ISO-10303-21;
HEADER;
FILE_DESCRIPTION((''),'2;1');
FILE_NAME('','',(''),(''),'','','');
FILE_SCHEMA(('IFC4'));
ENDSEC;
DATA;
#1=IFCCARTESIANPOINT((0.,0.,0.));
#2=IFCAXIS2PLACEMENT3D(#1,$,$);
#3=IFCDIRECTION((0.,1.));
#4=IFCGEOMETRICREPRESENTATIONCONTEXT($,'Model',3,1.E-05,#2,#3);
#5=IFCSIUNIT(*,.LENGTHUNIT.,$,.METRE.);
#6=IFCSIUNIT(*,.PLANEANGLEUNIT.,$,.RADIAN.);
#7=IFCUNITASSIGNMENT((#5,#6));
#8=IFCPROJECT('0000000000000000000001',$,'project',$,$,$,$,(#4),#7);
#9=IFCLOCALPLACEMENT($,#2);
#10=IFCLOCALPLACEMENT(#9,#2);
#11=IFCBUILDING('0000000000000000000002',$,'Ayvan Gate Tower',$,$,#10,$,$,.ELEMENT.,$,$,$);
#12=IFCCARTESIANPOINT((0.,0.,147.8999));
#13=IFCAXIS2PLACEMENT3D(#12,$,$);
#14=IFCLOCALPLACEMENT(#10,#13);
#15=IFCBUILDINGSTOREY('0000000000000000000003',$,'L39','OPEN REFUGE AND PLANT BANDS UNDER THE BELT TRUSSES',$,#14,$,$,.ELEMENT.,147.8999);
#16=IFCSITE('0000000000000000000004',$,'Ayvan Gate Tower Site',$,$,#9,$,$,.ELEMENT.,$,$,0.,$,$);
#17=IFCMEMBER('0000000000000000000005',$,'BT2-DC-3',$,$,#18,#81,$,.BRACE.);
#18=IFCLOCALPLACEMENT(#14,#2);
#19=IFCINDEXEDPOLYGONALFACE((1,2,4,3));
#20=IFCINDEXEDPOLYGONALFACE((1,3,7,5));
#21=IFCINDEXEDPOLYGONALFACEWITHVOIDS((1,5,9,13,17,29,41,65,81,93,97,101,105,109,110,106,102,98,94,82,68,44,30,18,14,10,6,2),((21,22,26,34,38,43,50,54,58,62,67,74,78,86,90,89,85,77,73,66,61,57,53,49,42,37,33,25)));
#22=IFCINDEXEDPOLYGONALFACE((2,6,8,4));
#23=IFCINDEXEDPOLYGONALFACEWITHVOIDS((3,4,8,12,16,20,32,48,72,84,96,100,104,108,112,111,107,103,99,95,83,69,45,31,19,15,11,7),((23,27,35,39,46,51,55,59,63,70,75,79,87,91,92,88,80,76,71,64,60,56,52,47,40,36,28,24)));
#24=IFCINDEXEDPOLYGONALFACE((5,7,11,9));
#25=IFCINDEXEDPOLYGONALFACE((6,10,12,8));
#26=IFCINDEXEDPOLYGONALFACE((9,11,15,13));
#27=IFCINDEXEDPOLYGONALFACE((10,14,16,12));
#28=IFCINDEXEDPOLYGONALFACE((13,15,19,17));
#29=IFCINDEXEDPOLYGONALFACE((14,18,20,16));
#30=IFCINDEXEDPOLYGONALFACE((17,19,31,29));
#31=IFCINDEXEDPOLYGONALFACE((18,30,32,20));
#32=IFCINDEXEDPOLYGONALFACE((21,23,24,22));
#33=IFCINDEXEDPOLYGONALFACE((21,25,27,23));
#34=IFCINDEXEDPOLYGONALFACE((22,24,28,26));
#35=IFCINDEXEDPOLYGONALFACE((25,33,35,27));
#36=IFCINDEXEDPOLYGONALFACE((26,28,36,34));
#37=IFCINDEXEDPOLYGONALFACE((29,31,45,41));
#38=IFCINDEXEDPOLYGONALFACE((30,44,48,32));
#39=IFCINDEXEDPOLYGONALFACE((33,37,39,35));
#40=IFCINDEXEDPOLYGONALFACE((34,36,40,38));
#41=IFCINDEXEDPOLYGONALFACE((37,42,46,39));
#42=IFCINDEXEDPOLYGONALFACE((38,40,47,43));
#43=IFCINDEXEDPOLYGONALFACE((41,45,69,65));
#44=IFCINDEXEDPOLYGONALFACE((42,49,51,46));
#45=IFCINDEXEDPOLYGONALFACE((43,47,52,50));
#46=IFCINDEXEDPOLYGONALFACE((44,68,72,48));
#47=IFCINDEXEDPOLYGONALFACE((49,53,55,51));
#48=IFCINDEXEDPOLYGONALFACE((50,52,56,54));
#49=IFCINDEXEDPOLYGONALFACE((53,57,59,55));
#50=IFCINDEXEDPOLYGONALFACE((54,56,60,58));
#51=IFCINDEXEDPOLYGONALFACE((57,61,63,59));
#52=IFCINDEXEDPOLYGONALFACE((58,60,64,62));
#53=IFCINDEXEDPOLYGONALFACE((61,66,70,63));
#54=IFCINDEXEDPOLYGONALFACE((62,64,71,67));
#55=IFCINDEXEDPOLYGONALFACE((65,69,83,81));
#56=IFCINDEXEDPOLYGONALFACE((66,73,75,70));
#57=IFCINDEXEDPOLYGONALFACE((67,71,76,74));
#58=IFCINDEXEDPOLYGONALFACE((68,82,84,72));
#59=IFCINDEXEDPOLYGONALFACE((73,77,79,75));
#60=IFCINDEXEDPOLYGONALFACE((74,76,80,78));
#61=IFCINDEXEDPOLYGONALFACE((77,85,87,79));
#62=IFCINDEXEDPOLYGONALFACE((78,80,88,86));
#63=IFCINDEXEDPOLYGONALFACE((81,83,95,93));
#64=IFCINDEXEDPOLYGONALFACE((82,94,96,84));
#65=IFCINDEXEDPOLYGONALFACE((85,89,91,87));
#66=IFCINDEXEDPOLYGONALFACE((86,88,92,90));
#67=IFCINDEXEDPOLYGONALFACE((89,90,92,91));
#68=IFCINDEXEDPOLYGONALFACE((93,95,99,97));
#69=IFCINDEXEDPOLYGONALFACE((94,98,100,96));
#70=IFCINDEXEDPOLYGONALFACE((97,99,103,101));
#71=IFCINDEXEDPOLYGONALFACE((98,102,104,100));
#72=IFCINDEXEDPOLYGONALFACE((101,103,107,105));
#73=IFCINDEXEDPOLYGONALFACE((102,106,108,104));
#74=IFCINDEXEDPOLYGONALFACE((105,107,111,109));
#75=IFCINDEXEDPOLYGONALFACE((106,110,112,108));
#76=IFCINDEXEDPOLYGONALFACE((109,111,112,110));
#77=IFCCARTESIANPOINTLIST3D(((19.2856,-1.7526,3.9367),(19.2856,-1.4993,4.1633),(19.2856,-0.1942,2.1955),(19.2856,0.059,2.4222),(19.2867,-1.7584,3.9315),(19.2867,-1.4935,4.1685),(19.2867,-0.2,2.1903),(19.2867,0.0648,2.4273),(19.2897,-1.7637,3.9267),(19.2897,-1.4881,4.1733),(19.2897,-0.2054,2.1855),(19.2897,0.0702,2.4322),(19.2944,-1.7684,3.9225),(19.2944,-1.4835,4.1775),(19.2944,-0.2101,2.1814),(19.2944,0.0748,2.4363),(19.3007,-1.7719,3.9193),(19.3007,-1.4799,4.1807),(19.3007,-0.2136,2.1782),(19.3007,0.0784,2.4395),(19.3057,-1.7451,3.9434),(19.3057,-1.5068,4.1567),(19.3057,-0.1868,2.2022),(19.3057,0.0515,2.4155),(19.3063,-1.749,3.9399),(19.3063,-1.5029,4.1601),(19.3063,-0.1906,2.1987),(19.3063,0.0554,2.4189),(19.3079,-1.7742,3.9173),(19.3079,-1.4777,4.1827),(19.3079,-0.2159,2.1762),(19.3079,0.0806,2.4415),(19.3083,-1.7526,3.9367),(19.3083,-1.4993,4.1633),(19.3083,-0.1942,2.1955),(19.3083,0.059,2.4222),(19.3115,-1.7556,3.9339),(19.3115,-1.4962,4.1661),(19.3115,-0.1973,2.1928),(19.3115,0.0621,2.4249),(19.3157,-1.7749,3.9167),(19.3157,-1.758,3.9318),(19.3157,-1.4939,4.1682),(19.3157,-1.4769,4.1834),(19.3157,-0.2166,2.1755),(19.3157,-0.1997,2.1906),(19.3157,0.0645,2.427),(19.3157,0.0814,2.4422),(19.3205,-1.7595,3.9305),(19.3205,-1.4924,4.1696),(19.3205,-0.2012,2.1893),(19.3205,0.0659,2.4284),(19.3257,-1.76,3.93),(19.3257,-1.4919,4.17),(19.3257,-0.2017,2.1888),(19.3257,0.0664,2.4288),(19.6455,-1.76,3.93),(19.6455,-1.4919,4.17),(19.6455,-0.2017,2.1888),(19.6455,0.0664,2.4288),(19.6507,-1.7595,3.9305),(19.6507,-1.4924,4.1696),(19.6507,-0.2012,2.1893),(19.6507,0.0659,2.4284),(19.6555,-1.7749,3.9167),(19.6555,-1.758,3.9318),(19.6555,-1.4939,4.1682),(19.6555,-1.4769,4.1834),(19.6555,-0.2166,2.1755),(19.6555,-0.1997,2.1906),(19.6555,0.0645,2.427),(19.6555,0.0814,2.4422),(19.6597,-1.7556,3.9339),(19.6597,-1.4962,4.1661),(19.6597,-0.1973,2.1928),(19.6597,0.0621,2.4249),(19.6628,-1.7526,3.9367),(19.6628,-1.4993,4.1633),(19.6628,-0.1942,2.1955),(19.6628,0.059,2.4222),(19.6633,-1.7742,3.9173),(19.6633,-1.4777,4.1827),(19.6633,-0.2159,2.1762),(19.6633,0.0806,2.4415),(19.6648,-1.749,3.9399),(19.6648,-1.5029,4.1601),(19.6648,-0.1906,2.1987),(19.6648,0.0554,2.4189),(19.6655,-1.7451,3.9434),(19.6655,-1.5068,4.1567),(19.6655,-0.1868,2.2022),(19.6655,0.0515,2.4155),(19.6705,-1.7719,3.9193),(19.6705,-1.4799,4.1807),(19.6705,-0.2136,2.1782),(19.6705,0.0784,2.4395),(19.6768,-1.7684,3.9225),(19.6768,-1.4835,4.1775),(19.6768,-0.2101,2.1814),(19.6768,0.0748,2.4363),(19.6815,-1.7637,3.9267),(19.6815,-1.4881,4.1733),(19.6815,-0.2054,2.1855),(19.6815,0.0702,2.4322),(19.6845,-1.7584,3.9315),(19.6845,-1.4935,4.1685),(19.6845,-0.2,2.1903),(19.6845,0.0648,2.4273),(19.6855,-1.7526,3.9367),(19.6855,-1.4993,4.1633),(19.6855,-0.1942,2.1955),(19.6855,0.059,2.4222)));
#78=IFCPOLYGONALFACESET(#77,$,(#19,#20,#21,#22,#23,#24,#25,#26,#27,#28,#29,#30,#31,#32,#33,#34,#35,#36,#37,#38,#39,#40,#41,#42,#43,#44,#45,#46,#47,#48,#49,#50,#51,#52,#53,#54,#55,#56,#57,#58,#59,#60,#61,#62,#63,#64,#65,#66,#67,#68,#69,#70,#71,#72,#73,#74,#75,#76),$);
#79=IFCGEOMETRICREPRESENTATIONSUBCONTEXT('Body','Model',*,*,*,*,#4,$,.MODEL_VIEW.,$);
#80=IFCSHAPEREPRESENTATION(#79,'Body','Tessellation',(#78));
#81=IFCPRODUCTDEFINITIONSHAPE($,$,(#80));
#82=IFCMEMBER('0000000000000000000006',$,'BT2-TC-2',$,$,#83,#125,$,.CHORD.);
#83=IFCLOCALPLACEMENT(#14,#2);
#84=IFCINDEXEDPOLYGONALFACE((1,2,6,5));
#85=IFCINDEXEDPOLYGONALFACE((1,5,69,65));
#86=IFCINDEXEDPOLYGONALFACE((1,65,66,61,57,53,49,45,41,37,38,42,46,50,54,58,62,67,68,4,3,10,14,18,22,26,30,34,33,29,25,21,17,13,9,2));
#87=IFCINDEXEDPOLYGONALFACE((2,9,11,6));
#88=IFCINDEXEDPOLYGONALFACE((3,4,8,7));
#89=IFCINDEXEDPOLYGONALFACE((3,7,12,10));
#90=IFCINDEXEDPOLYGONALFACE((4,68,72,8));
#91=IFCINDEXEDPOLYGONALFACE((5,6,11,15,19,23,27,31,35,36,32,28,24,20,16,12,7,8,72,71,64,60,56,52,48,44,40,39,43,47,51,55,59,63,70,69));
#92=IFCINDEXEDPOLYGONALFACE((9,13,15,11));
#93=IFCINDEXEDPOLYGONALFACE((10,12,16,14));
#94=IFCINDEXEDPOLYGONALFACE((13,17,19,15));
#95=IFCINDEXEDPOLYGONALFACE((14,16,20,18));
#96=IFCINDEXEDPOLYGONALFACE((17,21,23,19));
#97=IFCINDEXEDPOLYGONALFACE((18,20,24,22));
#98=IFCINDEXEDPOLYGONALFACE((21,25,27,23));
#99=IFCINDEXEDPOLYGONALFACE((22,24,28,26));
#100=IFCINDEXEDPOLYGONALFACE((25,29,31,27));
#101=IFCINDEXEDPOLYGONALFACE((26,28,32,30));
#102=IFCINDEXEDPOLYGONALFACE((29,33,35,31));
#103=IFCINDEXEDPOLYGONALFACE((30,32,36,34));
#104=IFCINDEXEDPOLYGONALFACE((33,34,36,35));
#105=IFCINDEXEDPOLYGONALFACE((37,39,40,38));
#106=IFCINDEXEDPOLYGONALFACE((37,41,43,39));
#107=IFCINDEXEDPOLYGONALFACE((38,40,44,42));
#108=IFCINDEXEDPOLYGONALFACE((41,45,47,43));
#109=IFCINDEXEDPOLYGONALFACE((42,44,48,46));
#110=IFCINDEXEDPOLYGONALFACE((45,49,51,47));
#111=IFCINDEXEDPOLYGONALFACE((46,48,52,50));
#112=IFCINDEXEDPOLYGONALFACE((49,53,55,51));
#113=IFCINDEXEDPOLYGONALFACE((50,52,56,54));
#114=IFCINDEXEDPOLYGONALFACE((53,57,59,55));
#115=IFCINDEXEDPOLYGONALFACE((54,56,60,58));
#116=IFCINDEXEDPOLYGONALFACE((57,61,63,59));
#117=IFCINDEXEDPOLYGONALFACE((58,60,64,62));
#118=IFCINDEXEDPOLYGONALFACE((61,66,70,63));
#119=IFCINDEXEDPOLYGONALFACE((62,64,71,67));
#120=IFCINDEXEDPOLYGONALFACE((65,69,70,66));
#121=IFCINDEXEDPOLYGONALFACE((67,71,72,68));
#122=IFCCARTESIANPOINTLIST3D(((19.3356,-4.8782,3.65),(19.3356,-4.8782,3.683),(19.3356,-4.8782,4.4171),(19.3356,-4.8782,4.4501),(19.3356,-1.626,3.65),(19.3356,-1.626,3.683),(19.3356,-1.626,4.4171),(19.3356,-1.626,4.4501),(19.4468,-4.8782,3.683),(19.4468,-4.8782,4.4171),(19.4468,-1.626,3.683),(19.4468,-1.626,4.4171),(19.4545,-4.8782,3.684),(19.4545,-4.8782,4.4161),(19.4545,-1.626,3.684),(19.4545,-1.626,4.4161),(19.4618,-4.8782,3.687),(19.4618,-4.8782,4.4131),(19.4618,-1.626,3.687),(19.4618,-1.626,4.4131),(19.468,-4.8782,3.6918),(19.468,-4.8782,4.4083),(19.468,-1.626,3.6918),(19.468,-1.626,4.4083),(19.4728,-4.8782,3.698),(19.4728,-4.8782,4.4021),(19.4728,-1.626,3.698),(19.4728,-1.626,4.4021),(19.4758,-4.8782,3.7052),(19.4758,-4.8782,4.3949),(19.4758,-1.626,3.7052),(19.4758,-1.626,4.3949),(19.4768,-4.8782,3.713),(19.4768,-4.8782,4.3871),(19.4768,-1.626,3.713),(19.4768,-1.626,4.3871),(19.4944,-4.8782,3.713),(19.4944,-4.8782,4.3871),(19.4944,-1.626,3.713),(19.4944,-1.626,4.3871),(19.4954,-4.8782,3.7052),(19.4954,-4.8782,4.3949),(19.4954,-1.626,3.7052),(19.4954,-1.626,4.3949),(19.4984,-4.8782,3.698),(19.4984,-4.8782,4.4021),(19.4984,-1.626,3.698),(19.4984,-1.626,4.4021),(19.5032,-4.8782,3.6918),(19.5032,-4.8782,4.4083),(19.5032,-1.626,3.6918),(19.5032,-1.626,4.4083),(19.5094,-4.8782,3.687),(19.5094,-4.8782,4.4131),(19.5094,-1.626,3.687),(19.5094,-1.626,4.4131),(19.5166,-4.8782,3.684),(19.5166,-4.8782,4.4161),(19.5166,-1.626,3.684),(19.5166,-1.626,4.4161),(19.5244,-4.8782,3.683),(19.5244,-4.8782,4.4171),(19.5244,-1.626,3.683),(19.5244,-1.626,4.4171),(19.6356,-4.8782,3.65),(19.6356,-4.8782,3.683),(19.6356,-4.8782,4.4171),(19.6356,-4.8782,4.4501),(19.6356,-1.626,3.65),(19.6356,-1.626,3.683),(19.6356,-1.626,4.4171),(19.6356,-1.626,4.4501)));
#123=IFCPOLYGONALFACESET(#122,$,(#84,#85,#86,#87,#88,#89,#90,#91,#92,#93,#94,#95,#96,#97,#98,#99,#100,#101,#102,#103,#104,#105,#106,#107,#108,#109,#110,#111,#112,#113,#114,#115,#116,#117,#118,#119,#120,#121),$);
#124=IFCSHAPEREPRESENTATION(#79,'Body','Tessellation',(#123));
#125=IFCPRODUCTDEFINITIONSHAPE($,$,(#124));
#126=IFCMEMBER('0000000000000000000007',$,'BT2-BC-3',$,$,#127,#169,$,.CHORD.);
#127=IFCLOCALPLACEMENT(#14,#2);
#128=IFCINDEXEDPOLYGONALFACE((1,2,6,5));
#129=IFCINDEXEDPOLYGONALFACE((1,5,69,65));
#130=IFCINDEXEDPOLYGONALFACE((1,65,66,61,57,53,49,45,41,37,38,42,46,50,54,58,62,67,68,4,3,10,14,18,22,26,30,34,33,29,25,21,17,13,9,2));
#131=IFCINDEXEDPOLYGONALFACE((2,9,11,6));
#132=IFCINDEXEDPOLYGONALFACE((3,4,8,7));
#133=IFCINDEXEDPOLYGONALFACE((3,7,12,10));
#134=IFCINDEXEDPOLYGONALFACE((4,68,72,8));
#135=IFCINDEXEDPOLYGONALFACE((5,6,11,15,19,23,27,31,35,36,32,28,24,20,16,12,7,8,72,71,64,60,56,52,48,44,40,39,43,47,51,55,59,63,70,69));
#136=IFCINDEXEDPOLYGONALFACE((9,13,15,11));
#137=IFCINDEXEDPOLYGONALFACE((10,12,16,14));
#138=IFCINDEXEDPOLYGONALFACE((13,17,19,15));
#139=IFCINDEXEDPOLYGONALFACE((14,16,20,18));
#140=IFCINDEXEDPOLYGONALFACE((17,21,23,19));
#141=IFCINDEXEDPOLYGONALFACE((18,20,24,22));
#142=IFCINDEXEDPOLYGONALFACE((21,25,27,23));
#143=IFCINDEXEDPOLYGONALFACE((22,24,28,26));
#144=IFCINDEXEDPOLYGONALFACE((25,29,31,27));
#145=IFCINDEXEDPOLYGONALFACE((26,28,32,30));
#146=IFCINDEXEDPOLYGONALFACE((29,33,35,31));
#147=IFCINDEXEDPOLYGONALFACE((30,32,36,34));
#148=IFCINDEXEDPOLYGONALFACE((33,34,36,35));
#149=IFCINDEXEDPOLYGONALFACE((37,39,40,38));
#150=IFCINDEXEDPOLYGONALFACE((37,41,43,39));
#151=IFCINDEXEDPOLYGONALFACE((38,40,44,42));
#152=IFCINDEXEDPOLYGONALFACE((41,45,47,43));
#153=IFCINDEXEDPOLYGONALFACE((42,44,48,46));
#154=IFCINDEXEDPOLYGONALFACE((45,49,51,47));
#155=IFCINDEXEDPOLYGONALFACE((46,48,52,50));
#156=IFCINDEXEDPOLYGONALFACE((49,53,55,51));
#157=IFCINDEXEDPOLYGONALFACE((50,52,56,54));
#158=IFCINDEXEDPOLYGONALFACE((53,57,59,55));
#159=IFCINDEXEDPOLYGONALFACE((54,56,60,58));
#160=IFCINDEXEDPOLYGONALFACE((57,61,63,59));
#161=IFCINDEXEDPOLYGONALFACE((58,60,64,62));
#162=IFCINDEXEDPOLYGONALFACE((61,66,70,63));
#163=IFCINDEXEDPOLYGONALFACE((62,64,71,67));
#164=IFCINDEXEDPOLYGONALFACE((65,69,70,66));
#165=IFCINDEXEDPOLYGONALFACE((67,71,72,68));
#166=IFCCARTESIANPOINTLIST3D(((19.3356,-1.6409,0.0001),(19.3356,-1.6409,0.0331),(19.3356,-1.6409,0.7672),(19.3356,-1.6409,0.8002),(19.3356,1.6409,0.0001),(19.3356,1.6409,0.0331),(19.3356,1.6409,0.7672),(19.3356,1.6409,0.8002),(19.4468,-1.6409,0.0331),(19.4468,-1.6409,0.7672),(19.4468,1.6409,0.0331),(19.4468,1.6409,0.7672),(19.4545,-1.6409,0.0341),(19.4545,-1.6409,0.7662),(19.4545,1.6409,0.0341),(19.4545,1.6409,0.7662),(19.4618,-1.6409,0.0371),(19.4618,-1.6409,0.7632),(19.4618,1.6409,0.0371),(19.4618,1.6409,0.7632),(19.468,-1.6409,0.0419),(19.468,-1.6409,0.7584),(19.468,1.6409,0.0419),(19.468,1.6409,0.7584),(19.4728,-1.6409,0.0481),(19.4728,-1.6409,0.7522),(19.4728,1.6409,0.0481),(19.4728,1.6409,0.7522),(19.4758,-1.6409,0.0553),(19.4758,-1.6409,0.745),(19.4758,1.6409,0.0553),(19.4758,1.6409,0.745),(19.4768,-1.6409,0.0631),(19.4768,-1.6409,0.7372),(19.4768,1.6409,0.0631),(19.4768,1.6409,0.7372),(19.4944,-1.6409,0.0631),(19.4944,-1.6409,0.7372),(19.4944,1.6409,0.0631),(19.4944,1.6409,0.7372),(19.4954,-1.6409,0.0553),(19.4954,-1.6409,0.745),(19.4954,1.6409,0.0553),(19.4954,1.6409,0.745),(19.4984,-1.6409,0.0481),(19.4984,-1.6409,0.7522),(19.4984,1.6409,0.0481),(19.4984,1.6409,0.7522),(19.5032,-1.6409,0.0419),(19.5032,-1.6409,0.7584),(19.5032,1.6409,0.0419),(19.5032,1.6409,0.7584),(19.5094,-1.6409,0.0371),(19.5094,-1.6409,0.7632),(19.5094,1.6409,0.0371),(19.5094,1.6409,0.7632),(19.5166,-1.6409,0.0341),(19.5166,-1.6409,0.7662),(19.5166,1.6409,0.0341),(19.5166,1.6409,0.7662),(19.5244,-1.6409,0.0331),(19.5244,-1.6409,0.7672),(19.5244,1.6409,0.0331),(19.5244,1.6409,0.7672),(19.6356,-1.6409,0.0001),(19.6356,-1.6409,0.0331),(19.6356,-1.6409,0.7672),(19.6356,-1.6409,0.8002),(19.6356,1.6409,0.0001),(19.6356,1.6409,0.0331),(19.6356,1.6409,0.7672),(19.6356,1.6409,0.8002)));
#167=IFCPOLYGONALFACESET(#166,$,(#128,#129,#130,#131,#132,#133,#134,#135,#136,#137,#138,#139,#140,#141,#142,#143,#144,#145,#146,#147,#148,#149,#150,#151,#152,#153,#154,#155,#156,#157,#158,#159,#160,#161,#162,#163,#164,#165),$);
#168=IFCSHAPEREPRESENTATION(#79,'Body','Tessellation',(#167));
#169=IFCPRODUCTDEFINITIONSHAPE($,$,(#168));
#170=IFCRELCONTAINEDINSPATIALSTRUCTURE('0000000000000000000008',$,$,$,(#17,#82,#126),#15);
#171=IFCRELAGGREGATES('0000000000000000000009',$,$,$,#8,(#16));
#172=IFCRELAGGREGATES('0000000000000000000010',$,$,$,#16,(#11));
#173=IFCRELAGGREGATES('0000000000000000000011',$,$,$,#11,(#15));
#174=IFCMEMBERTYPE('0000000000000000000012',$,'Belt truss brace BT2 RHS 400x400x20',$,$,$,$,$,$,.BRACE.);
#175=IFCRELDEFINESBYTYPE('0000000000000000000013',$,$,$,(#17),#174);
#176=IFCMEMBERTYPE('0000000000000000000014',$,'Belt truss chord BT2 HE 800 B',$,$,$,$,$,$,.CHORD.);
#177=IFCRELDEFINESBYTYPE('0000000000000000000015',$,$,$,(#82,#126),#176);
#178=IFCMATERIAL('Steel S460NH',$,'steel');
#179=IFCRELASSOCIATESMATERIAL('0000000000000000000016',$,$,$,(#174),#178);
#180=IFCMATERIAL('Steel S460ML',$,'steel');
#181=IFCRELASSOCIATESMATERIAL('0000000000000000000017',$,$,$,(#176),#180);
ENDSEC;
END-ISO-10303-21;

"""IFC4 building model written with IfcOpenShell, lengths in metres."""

from ifc_helpers import new_model, si_unit, direction, frame, origin, origin_2d, place, context, subcontext, project, spatial, hollow_rectangle, i_section, extrude, material, material_profile, profile_set, type_object, element, save


model = new_model("IFC4")

# Units and contexts
model_context = context("Model", 3, precision=1e-05, world=origin(), true_north=direction((0.0, 1.0)))
body_context = subcontext(model_context, "Body", "Model", "MODEL_VIEW")
ifc_project = project(units=[si_unit("LENGTHUNIT", "METRE"), si_unit("PLANEANGLEUNIT", "RADIAN")], contexts=[model_context])

# Site, building, storey
site_placement = place(None, origin())
site = spatial("IfcSite", under=ifc_project, at=site_placement, Name="Ayvan Gate Tower Site", CompositionType="ELEMENT", RefElevation=0.0)
building_placement = place(site_placement, origin())
building = spatial("IfcBuilding", under=site, at=building_placement, Name="Ayvan Gate Tower", CompositionType="ELEMENT")
storey_placement = place(building_placement, frame((0.0, 0.0, 147.8999)))
storey = spatial("IfcBuildingStorey", under=building, at=storey_placement, Name="L39", Description="OPEN REFUGE AND PLANT BANDS UNDER THE BELT TRUSSES", CompositionType="ELEMENT", Elevation=147.8999)

# Members
ifc_material_1 = material(Name="Steel S460NH", Category="steel")
ifc_material_profile_1 = material_profile(ifc_material_1, hollow_rectangle(XDim=0.3999, YDim=0.3999, WallThickness=0.02, InnerFilletRadius=0.02, OuterFilletRadius=0.03, at=origin_2d()), Name="RHS 400x400x20")
ifc_profile_set_1 = profile_set([ifc_material_profile_1], Name="Steel S460NH")
member_type_1 = type_object("IfcMemberType", Name="Belt truss brace BT2 RHS 400x400x20", PredefinedType="BRACE", material=ifc_profile_set_1)
member_1_placement = place(storey_placement, frame((19.4856, -0.0676, 2.3088), z_axis=(0.0, -0.666896, 0.745151), x_axis=(1.0, 0.0, 0.0)))
element("IfcMember", 1, at=member_1_placement, inside=storey, type_object=member_type_1, Name="BT2-DC-3", PredefinedType="BRACE", context=body_context, shape_type="SweptSolid", body=[
    extrude(hollow_rectangle(XDim=0.3999, YDim=0.3999, WallThickness=0.02, InnerFilletRadius=0.02, OuterFilletRadius=0.03, at=origin_2d()), origin(), (0.0, 0.0, 1.0), 2.3367),
])
ifc_material_2 = material(Name="Steel S460ML", Category="steel")
ifc_material_profile_2 = material_profile(ifc_material_2, i_section(OverallWidth=0.3, OverallDepth=0.8, WebThickness=0.0176, FlangeThickness=0.033, FilletRadius=0.03, at=origin_2d()), Name="HE 800 B")
ifc_profile_set_2 = profile_set([ifc_material_profile_2], Name="Steel S460ML")
member_type_2 = type_object("IfcMemberType", Name="Belt truss chord BT2 HE 800 B", PredefinedType="CHORD", material=ifc_profile_set_2)
member_2_placement = place(storey_placement, frame((19.4856, -4.8782, 4.05), z_axis=(0.0, 1.0, 0.0), x_axis=(-1.0, 0.0, 0.0)))
element("IfcMember", 2, at=member_2_placement, inside=storey, type_object=member_type_2, Name="BT2-TC-2", PredefinedType="CHORD", context=body_context, shape_type="SweptSolid", body=[
    extrude(i_section(OverallWidth=0.3, OverallDepth=0.8, WebThickness=0.0176, FlangeThickness=0.033, FilletRadius=0.03, at=origin_2d()), origin(), (0.0, 0.0, 1.0), 3.2522),
])
member_3_placement = place(storey_placement, frame((19.4856, -1.6409, 0.4001), z_axis=(0.0, 1.0, 0.0), x_axis=(-1.0, 0.0, 0.0)))
element("IfcMember", 3, at=member_3_placement, inside=storey, type_object=member_type_2, Name="BT2-BC-3", PredefinedType="CHORD", context=body_context, shape_type="SweptSolid", body=[
    extrude(i_section(OverallWidth=0.3, OverallDepth=0.8, WebThickness=0.0176, FlangeThickness=0.033, FilletRadius=0.03, at=origin_2d()), origin(), (0.0, 0.0, 1.0), 3.2817),
])

save(model, "model.ifc")
